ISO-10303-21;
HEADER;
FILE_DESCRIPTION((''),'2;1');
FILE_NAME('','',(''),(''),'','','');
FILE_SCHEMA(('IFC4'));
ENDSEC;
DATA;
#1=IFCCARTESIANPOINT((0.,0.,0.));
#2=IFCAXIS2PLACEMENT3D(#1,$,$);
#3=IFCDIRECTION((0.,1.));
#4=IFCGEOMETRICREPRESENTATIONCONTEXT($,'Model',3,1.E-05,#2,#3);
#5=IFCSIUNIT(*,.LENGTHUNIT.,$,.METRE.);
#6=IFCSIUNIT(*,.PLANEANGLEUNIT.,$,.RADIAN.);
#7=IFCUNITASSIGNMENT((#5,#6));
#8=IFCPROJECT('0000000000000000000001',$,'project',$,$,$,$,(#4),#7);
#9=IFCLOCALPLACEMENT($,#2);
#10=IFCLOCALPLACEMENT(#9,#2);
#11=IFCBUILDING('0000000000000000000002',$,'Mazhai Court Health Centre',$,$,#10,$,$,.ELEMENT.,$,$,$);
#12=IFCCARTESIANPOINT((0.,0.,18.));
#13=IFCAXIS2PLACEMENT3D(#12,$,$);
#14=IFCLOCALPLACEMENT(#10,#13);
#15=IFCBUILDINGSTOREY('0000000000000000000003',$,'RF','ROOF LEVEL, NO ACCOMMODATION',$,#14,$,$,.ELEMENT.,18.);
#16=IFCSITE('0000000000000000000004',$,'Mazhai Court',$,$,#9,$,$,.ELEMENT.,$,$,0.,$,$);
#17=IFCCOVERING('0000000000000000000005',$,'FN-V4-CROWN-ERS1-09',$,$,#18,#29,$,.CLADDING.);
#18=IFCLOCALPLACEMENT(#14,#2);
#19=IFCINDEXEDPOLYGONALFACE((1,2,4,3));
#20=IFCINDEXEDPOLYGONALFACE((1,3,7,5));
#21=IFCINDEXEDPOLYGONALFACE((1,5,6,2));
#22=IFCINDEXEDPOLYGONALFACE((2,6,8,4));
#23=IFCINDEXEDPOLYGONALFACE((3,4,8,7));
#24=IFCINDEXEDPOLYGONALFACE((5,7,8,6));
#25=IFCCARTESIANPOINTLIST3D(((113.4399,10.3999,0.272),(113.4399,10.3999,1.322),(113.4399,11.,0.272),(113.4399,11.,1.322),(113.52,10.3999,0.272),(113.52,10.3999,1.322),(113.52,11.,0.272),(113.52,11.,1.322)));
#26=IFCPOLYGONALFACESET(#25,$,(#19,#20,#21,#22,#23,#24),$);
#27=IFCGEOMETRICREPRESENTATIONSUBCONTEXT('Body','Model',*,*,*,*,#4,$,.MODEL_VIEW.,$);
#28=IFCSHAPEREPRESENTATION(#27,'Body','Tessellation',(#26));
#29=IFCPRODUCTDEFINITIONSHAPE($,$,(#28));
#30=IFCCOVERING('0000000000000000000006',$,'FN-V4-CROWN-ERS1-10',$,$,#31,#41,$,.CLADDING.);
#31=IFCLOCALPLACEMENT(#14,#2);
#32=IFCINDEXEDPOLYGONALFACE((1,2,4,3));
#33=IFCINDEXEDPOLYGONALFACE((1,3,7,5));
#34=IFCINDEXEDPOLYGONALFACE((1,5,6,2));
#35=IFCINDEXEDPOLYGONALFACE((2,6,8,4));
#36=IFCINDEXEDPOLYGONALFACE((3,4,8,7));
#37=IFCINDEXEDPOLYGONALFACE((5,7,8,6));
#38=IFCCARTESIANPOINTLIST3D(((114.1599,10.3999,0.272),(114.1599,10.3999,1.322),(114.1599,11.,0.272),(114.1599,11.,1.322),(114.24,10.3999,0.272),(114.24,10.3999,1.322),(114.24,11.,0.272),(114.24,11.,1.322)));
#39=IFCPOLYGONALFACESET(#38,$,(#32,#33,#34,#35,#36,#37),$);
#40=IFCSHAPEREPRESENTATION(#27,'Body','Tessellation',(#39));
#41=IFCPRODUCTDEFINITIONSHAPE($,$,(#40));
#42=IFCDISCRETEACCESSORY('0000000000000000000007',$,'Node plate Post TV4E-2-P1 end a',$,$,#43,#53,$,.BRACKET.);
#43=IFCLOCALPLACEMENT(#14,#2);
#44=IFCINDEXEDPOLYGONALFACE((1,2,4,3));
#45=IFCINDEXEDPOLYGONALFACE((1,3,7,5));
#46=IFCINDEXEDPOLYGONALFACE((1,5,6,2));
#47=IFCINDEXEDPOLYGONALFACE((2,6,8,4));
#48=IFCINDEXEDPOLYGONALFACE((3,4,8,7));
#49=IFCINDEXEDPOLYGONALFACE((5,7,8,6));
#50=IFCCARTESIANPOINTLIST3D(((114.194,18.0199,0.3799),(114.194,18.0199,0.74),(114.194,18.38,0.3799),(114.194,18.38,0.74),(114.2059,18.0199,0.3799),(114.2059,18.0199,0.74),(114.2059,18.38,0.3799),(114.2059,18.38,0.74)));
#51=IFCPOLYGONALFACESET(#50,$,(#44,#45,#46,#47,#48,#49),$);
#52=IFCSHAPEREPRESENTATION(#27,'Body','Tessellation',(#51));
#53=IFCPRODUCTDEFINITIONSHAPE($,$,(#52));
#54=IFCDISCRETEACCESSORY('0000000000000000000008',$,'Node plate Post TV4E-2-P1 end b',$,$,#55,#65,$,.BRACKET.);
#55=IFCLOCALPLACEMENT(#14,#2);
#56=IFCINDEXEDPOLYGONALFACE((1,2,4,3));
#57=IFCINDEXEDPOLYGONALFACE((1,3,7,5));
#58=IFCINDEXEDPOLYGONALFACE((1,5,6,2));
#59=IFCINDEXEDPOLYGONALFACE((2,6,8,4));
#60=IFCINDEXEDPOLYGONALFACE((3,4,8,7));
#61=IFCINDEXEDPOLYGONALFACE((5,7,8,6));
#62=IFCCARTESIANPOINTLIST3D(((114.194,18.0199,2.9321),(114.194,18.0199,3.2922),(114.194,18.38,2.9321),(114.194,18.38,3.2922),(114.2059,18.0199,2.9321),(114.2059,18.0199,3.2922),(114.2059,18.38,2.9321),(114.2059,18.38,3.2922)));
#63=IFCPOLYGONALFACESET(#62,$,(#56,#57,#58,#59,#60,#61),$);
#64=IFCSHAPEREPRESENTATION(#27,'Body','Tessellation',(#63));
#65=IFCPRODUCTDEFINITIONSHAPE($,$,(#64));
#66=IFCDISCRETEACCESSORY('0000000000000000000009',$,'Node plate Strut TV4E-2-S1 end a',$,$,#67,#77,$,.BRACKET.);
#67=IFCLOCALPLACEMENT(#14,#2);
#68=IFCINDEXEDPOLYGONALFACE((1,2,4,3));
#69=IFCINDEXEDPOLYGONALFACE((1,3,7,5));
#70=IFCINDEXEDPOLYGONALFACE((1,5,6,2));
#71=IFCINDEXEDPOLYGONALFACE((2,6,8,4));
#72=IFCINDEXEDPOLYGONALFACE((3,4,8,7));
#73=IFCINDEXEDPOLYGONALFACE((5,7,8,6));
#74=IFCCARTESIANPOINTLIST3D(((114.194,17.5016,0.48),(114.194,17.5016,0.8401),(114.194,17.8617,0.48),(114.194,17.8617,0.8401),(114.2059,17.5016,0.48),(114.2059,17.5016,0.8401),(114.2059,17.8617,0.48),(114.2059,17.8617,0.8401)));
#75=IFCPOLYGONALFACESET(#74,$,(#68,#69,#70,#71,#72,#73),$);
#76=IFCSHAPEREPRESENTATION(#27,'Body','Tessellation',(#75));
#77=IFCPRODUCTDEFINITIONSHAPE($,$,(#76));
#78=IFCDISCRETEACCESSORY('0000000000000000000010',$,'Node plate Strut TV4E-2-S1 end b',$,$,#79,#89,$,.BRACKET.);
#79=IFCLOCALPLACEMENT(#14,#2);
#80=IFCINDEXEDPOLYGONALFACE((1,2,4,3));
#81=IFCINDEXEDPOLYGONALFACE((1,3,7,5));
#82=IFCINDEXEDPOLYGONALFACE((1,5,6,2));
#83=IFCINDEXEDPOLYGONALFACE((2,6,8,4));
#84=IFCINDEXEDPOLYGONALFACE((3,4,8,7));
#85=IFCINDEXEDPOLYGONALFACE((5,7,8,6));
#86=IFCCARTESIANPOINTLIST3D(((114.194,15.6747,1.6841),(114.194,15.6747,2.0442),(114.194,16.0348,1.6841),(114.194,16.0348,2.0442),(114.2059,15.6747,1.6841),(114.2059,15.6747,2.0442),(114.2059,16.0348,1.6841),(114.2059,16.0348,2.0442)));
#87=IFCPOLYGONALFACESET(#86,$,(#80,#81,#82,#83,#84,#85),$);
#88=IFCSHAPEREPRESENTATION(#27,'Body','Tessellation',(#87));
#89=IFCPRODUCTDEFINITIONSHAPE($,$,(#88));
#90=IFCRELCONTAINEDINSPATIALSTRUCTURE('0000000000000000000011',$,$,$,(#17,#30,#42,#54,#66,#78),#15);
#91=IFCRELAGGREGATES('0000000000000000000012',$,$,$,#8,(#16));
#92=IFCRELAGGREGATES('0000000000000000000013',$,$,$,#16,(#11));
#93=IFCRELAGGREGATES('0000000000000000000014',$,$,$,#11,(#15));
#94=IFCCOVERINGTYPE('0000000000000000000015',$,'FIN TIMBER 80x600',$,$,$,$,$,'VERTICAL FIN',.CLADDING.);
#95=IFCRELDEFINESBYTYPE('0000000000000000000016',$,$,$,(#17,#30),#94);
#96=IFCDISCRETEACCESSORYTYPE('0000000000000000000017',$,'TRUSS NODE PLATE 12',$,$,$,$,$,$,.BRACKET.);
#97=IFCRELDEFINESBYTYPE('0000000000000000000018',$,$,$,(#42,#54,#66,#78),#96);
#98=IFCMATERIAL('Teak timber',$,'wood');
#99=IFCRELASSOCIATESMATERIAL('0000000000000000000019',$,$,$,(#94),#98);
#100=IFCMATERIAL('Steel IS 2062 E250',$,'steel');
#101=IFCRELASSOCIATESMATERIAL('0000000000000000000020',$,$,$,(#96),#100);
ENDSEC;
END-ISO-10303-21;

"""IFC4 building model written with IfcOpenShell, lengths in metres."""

from ifc_helpers import new_model, si_unit, direction, frame, origin, origin_2d, place, context, subcontext, project, spatial, rectangle, extrude, material, type_object, element, save


model = new_model("IFC4")

# Units and contexts
model_context = context("Model", 3, precision=1e-05, world=origin(), true_north=direction((0.0, 1.0)))
body_context = subcontext(model_context, "Body", "Model", "MODEL_VIEW")
ifc_project = project(units=[si_unit("LENGTHUNIT", "METRE"), si_unit("PLANEANGLEUNIT", "RADIAN")], contexts=[model_context])

# Site, building, storey
site_placement = place(None, origin())
site = spatial("IfcSite", under=ifc_project, at=site_placement, Name="Mazhai Court", CompositionType="ELEMENT", RefElevation=0.0)
building_placement = place(site_placement, origin())
building = spatial("IfcBuilding", under=site, at=building_placement, Name="Mazhai Court Health Centre", CompositionType="ELEMENT")
storey_placement = place(building_placement, frame((0.0, 0.0, 18.0)))
storey = spatial("IfcBuildingStorey", under=building, at=storey_placement, Name="RF", Description="ROOF LEVEL, NO ACCOMMODATION", CompositionType="ELEMENT", Elevation=18.0)

# Coverings
ifc_material_1 = material(Name="Teak timber", Category="wood")
covering_type = type_object("IfcCoveringType", Name="FIN TIMBER 80x600", ElementType="VERTICAL FIN", PredefinedType="CLADDING", material=ifc_material_1)
for number, where, z_axis, x_axis, name in (
    (1, (113.48, 10.7, 0.272), (0.0, 0.0, 1.0), (1.0, 0.0, 0.0), "FN-V4-CROWN-ERS1-09"),
    (2, (114.2, 10.7, 0.272), (0.0, 0.0, 1.0), (1.0, 0.0, 0.0), "FN-V4-CROWN-ERS1-10"),
):
    element("IfcCovering", number, at=place(storey_placement, frame(where, z_axis=z_axis, x_axis=x_axis)), inside=storey, type_object=covering_type, Name=name, PredefinedType="CLADDING", context=body_context, shape_type="SweptSolid", body=[
        extrude(rectangle(XDim=0.0801, YDim=0.6001, at=origin_2d()), origin(), (0.0, 0.0, 1.0), 1.05),
    ])

# Discrete accessories
ifc_material_2 = material(Name="Steel IS 2062 E250", Category="steel")
discrete_accessory_type = type_object("IfcDiscreteAccessoryType", Name="TRUSS NODE PLATE 12", PredefinedType="BRACKET", material=ifc_material_2)
for number, where, z_axis, x_axis, name in (
    (3, (114.2, 18.2, 0.3799), (0.0, 0.0, 1.0), (1.0, 0.0, 0.0), "Node plate Post TV4E-2-P1 end a"),
    (4, (114.2, 18.2, 2.9321), (0.0, 0.0, 1.0), (1.0, 0.0, 0.0), "Node plate Post TV4E-2-P1 end b"),
    (5, (114.2, 17.6816, 0.48), (0.0, 0.0, 1.0), (1.0, 0.0, 0.0), "Node plate Strut TV4E-2-S1 end a"),
    (6, (114.2, 15.8547, 1.6841), (0.0, 0.0, 1.0), (1.0, 0.0, 0.0), "Node plate Strut TV4E-2-S1 end b"),
):
    element("IfcDiscreteAccessory", number, at=place(storey_placement, frame(where, z_axis=z_axis, x_axis=x_axis)), inside=storey, type_object=discrete_accessory_type, Name=name, PredefinedType="BRACKET", context=body_context, shape_type="SweptSolid", body=[
        extrude(rectangle(XDim=0.012, YDim=0.3601, at=origin_2d()), origin(), (0.0, 0.0, 1.0), 0.3601),
    ])

save(model, "model.ifc")
